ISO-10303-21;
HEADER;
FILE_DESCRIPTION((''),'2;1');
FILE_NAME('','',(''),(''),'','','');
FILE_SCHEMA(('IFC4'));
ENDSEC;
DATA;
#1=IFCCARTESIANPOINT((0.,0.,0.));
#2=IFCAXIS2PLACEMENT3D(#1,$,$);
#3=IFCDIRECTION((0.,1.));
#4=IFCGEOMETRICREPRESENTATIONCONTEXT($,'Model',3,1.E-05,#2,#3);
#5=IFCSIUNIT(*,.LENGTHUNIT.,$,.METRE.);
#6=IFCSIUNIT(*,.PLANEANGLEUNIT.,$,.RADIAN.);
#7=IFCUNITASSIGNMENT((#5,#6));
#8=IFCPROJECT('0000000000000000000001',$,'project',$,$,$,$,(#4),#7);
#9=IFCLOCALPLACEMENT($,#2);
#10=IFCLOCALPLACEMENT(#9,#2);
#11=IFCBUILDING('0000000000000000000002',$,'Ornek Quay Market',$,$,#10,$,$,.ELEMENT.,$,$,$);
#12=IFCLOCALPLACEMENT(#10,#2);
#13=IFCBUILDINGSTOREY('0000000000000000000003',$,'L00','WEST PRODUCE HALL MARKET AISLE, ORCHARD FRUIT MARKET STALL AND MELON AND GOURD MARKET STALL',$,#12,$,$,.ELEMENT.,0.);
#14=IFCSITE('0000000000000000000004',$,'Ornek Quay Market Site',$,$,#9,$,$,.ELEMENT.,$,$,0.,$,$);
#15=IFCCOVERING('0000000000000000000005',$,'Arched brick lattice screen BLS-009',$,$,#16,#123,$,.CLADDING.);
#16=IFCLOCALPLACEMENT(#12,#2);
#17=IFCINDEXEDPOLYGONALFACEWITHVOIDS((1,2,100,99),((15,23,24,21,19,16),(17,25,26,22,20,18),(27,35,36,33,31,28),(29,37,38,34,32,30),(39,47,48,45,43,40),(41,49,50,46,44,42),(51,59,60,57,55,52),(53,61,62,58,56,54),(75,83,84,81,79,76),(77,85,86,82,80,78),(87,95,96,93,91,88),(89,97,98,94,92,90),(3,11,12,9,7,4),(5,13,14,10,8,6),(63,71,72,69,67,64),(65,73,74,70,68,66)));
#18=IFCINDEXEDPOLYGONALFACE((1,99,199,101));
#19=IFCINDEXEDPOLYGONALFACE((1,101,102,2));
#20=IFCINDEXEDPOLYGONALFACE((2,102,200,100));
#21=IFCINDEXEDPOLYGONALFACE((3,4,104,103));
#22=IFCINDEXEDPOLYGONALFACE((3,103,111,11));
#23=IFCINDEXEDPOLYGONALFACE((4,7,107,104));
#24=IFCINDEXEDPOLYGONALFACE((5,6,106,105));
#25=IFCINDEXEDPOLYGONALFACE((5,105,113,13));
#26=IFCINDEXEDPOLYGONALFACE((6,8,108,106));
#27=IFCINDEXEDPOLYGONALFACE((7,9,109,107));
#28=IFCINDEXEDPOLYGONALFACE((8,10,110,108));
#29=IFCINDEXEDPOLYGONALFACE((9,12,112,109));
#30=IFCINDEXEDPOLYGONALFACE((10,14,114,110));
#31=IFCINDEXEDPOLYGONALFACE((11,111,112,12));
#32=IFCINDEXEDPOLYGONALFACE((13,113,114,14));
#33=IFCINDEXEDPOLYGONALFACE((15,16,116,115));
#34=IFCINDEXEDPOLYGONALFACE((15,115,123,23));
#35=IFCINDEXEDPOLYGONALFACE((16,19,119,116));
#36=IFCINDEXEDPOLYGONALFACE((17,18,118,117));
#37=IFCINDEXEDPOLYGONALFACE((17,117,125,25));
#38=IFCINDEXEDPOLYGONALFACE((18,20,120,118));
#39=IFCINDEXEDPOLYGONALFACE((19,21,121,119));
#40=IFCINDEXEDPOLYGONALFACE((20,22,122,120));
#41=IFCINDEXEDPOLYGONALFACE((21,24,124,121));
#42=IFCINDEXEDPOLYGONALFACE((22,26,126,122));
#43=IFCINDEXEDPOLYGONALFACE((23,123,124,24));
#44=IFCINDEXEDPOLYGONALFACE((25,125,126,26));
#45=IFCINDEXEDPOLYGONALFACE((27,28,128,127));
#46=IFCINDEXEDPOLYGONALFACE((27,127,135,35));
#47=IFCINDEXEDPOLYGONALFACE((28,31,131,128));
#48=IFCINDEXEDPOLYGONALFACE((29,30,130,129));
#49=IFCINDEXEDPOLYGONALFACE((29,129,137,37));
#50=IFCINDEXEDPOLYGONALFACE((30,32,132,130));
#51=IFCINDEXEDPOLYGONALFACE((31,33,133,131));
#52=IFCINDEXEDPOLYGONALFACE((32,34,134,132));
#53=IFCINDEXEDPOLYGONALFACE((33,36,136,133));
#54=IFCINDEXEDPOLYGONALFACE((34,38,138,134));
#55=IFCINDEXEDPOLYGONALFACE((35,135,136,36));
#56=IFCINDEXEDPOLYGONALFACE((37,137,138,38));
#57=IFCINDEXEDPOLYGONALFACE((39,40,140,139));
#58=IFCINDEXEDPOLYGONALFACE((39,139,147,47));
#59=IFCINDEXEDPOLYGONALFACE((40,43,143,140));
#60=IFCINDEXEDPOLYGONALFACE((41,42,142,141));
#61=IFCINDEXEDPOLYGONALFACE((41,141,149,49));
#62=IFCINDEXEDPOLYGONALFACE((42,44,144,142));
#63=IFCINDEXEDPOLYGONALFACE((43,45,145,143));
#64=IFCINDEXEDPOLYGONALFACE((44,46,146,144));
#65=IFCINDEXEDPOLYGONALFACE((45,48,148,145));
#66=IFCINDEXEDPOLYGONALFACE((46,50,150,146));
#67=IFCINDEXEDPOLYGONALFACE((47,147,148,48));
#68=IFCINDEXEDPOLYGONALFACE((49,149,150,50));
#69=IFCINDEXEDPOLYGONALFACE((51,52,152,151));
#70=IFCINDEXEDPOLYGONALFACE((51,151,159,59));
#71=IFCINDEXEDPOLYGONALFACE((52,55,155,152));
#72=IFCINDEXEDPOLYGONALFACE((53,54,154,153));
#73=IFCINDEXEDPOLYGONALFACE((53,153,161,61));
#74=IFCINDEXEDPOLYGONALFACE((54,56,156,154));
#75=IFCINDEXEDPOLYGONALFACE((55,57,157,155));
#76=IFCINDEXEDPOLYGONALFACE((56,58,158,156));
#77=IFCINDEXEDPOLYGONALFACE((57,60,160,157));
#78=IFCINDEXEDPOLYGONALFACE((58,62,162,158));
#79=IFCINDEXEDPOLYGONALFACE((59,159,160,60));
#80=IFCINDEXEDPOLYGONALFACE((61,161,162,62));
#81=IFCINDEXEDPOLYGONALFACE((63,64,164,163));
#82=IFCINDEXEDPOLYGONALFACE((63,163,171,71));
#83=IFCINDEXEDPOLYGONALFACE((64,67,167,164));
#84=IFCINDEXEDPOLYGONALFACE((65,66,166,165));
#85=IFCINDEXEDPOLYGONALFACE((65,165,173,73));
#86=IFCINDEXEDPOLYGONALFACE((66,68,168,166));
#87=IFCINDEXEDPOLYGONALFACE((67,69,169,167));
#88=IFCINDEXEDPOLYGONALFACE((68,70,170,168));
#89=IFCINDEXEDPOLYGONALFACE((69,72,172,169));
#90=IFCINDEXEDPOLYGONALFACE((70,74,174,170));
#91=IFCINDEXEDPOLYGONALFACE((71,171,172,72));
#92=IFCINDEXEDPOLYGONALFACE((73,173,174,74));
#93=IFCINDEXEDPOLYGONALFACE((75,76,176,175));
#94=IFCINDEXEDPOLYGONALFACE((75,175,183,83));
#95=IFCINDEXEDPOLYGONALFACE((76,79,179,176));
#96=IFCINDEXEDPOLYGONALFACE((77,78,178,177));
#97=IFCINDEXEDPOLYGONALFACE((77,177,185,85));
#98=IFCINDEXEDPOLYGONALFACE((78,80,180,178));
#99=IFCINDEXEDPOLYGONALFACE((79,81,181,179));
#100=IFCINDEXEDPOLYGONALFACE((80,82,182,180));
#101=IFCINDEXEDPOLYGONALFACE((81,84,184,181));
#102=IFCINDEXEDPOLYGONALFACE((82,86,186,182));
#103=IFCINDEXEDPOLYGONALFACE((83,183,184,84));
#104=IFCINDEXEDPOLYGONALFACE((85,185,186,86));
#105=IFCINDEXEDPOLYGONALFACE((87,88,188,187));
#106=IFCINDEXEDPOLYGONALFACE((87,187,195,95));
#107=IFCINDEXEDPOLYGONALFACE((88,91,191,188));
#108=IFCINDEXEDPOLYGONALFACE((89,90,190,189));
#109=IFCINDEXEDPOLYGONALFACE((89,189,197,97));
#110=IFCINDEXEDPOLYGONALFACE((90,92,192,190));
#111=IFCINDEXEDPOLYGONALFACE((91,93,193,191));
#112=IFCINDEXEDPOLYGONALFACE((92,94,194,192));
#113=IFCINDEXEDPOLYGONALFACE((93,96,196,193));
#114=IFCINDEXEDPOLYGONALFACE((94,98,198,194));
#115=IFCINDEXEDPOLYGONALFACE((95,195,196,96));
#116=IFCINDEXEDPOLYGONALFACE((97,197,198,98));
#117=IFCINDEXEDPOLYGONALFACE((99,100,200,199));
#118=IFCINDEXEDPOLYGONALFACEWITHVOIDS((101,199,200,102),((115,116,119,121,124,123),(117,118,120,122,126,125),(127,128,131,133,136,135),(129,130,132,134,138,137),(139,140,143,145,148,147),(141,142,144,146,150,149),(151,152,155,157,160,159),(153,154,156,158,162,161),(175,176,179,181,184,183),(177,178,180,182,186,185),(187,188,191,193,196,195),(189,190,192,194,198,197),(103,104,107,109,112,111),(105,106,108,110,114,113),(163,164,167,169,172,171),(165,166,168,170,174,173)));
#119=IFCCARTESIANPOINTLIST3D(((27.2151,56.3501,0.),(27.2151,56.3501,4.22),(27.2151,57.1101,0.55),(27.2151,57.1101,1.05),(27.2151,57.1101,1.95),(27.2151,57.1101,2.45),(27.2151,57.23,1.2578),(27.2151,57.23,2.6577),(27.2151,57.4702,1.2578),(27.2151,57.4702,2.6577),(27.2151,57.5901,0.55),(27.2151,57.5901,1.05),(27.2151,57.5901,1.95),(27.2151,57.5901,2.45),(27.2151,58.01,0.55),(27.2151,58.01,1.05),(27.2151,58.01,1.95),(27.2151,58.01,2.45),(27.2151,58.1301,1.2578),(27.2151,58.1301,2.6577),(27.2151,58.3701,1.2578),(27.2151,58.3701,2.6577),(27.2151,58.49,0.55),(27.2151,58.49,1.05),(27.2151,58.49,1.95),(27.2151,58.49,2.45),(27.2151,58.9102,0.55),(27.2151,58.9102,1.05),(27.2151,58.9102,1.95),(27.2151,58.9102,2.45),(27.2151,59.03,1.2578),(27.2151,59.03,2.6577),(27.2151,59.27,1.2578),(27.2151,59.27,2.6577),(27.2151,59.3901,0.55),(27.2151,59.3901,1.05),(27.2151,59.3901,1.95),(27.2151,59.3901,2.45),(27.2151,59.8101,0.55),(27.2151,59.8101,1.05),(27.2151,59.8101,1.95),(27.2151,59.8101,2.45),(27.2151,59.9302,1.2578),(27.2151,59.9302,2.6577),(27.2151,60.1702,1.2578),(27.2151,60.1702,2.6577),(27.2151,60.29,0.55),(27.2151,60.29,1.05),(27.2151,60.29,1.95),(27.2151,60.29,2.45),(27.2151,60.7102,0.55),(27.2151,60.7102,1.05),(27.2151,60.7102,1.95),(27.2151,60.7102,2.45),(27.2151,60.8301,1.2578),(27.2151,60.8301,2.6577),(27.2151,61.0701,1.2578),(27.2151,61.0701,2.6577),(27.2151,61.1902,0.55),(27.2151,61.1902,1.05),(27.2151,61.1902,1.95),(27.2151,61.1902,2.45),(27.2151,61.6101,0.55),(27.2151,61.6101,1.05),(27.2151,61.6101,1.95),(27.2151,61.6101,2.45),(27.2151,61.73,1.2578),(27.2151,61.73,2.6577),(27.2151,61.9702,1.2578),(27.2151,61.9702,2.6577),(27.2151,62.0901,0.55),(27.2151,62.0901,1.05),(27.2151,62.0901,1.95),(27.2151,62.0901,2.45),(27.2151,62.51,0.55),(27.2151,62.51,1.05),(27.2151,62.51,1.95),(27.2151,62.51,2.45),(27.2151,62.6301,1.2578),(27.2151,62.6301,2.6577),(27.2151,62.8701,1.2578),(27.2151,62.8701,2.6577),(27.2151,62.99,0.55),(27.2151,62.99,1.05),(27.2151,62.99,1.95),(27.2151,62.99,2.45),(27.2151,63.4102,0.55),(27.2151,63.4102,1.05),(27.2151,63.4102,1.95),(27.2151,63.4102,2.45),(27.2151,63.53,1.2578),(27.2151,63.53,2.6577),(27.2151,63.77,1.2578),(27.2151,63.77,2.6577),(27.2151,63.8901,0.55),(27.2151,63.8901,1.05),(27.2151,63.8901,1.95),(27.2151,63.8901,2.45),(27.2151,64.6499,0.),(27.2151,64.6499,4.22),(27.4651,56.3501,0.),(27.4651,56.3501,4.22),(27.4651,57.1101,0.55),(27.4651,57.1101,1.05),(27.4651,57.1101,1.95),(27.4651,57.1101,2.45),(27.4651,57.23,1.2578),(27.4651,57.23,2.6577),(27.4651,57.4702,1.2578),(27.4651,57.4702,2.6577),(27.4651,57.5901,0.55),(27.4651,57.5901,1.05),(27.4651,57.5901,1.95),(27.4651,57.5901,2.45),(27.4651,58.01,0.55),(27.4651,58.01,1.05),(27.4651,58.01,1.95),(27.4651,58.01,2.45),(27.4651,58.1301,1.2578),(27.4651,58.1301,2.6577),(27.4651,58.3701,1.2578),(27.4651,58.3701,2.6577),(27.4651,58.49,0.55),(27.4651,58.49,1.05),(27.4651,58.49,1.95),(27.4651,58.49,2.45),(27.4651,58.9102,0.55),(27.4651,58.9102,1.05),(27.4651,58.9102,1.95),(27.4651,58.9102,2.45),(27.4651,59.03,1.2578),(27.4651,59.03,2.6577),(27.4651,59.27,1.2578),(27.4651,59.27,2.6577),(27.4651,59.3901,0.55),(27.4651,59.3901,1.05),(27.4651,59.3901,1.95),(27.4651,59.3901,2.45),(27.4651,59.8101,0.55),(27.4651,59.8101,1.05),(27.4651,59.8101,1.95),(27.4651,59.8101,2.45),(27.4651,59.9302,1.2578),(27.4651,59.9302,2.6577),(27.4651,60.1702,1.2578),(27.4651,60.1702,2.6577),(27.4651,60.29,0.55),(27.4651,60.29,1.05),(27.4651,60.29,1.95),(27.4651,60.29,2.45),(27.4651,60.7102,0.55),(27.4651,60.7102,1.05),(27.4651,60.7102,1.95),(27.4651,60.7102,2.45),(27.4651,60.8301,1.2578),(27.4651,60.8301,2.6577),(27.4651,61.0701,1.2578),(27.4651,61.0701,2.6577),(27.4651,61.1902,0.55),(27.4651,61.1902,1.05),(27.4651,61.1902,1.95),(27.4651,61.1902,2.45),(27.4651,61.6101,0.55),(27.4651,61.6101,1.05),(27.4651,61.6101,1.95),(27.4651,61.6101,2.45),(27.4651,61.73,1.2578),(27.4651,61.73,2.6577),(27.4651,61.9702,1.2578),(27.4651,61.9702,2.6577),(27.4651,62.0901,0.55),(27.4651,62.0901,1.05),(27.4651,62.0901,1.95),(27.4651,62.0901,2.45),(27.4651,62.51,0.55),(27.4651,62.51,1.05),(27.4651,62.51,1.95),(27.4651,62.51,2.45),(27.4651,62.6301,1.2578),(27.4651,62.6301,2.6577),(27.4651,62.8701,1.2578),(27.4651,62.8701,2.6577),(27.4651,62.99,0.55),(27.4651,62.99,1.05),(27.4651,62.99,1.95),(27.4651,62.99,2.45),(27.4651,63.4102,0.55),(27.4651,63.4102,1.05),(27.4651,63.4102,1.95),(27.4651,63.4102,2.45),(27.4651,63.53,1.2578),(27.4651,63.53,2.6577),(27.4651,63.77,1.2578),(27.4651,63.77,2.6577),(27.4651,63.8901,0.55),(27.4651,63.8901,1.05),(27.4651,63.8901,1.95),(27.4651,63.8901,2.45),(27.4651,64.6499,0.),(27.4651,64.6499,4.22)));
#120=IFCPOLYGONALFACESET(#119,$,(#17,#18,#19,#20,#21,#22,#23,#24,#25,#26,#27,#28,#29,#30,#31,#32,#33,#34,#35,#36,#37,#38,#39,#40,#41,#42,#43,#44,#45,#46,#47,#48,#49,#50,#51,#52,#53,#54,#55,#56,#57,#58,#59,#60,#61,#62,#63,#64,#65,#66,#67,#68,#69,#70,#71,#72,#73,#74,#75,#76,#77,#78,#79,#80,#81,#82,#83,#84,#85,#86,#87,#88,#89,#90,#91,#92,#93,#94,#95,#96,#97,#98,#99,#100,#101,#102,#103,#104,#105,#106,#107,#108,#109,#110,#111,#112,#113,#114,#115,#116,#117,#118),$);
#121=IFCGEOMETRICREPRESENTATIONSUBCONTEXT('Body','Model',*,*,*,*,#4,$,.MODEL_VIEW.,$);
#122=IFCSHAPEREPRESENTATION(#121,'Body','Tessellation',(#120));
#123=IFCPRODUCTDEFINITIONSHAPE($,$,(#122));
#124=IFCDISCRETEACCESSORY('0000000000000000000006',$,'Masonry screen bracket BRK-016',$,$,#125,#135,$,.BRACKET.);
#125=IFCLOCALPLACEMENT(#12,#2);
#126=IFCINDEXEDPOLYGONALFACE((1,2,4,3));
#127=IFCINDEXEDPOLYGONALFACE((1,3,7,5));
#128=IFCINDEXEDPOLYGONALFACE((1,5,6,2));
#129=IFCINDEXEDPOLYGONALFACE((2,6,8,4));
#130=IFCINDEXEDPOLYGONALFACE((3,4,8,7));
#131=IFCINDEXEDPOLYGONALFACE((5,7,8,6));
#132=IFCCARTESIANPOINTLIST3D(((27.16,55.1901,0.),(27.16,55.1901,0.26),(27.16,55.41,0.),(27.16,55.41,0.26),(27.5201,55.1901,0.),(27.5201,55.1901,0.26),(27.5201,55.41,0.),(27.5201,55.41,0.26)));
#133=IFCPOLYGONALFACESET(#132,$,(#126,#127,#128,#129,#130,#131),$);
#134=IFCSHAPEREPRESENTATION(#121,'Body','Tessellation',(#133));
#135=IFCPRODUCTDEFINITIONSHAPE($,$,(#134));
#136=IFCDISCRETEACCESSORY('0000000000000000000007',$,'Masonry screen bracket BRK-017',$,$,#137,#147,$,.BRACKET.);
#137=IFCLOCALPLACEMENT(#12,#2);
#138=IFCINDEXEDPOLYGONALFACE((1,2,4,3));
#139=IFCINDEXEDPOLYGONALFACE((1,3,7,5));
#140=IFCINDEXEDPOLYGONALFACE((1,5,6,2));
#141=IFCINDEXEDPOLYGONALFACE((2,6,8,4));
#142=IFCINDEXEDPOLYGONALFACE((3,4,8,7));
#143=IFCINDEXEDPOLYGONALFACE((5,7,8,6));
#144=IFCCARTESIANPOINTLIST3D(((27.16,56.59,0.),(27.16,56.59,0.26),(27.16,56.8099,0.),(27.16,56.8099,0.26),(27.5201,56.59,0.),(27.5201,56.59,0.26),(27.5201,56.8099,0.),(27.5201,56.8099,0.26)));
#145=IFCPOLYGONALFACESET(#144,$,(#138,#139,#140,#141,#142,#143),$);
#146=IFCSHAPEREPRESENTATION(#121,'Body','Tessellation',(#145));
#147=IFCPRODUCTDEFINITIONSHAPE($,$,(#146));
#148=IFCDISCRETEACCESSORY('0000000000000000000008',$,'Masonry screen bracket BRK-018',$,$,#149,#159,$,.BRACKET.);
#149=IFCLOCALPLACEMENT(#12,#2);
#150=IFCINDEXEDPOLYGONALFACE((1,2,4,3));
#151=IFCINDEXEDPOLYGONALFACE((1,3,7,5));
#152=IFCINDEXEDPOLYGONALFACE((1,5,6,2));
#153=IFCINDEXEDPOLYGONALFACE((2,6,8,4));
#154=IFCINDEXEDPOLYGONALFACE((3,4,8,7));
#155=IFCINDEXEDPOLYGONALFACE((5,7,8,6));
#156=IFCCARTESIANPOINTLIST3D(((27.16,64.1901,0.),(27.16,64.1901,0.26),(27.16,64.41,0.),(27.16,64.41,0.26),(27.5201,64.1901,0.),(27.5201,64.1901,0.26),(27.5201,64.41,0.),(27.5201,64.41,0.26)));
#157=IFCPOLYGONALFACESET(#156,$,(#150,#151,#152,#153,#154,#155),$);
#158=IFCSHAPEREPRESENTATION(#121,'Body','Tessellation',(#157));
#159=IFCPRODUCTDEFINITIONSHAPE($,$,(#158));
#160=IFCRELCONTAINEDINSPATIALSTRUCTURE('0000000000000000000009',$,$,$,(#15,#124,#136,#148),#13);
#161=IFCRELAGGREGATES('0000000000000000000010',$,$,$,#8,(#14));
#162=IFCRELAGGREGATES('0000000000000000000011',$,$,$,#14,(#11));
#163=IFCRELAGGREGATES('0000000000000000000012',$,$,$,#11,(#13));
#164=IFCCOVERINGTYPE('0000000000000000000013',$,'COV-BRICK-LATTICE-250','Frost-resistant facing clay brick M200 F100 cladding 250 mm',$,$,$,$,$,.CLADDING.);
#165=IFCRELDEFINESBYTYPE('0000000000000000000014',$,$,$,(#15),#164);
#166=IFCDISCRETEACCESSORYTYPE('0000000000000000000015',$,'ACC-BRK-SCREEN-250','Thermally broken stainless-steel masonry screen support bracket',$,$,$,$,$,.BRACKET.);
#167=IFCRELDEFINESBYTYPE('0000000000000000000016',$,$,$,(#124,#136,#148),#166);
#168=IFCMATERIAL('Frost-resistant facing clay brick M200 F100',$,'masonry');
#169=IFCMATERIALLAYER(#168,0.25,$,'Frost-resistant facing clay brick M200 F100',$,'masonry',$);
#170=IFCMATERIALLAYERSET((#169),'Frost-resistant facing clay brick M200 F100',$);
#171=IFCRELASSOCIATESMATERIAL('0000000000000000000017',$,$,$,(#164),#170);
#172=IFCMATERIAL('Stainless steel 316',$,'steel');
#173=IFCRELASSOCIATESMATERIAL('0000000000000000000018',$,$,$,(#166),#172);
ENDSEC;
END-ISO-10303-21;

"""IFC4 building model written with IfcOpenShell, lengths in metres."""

from ifc_helpers import new_model, si_unit, direction, frame, origin, origin_2d, place, context, subcontext, project, spatial, polyline, rectangle, outline, extrude, material, layer, layer_set, type_object, element, save


model = new_model("IFC4")

# Units and contexts
model_context = context("Model", 3, precision=1e-05, world=origin(), true_north=direction((0.0, 1.0)))
body_context = subcontext(model_context, "Body", "Model", "MODEL_VIEW")
ifc_project = project(units=[si_unit("LENGTHUNIT", "METRE"), si_unit("PLANEANGLEUNIT", "RADIAN")], contexts=[model_context])

# Site, building, storey
site_placement = place(None, origin())
site = spatial("IfcSite", under=ifc_project, at=site_placement, Name="Ornek Quay Market Site", CompositionType="ELEMENT", RefElevation=0.0)
building_placement = place(site_placement, origin())
building = spatial("IfcBuilding", under=site, at=building_placement, Name="Ornek Quay Market", CompositionType="ELEMENT")
storey_placement = place(building_placement, origin())
storey = spatial("IfcBuildingStorey", under=building, at=storey_placement, Name="L00", Description="WEST PRODUCE HALL MARKET AISLE, ORCHARD FRUIT MARKET STALL AND MELON AND GOURD MARKET STALL", CompositionType="ELEMENT", Elevation=0.0)

# Shared definitions
ifc_material_1 = material(Name="Frost-resistant facing clay brick M200 F100", Category="masonry")

# Covering
ifc_layer_1 = layer(ifc_material_1, 0.25, Name="Frost-resistant facing clay brick M200 F100", Category="masonry")
ifc_layer_set_1 = layer_set([ifc_layer_1], Name="Frost-resistant facing clay brick M200 F100")
covering_type = type_object("IfcCoveringType", Name="COV-BRICK-LATTICE-250", Description="Frost-resistant facing clay brick M200 F100 cladding 250 mm", PredefinedType="CLADDING", material=ifc_layer_set_1)
covering_placement = place(storey_placement, frame((27.3401, 56.3501, 0.0), z_axis=(0.0, 0.0, 1.0), x_axis=(0.0, 1.0, 0.0)))
element("IfcCovering", 1, at=covering_placement, inside=storey, type_object=covering_type, Name="Arched brick lattice screen BLS-009", PredefinedType="CLADDING", context=body_context, shape_type="SweptSolid", body=[
    extrude(outline(polyline([(0.0, 0.0), (8.2998, 0.0), (8.2998, 4.22), (0.0, 4.22), (0.0, 0.0)]), holes=[polyline([(0.76, 0.55), (1.24, 0.55), (1.24, 1.05), (1.1201, 1.2578), (0.8799, 1.2578), (0.76, 1.05), (0.76, 0.55)]), polyline([(0.76, 1.95), (1.24, 1.95), (1.24, 2.45), (1.1201, 2.6577), (0.8799, 2.6577), (0.76, 2.45), (0.76, 1.95)]), polyline([(1.6599, 0.55), (2.1399, 0.55), (2.1399, 1.05), (2.02, 1.2578), (1.78, 1.2578), (1.6599, 1.05), (1.6599, 0.55)]), polyline([(1.6599, 1.95), (2.1399, 1.95), (2.1399, 2.45), (2.02, 2.6577), (1.78, 2.6577), (1.6599, 2.45), (1.6599, 1.95)]), polyline([(2.5601, 0.55), (3.04, 0.55), (3.04, 1.05), (2.9199, 1.2578), (2.6799, 1.2578), (2.5601, 1.05), (2.5601, 0.55)]), polyline([(2.5601, 1.95), (3.04, 1.95), (3.04, 2.45), (2.9199, 2.6577), (2.6799, 2.6577), (2.5601, 2.45), (2.5601, 1.95)]), polyline([(3.46, 0.55), (3.9399, 0.55), (3.9399, 1.05), (3.8201, 1.2578), (3.5801, 1.2578), (3.46, 1.05), (3.46, 0.55)]), polyline([(3.46, 1.95), (3.9399, 1.95), (3.9399, 2.45), (3.8201, 2.6577), (3.5801, 2.6577), (3.46, 2.45), (3.46, 1.95)]), polyline([(4.3601, 0.55), (4.8401, 0.55), (4.8401, 1.05), (4.72, 1.2578), (4.48, 1.2578), (4.3601, 1.05), (4.3601, 0.55)]), polyline([(4.3601, 1.95), (4.8401, 1.95), (4.8401, 2.45), (4.72, 2.6577), (4.48, 2.6577), (4.3601, 2.45), (4.3601, 1.95)]), polyline([(5.26, 0.55), (5.74, 0.55), (5.74, 1.05), (5.6201, 1.2578), (5.3799, 1.2578), (5.26, 1.05), (5.26, 0.55)]), polyline([(5.26, 1.95), (5.74, 1.95), (5.74, 2.45), (5.6201, 2.6577), (5.3799, 2.6577), (5.26, 2.45), (5.26, 1.95)]), polyline([(6.1599, 0.55), (6.6399, 0.55), (6.6399, 1.05), (6.52, 1.2578), (6.28, 1.2578), (6.1599, 1.05), (6.1599, 0.55)]), polyline([(6.1599, 1.95), (6.6399, 1.95), (6.6399, 2.45), (6.52, 2.6577), (6.28, 2.6577), (6.1599, 2.45), (6.1599, 1.95)]), polyline([(7.0601, 0.55), (7.54, 0.55), (7.54, 1.05), (7.4199, 1.2578), (7.1799, 1.2578), (7.0601, 1.05), (7.0601, 0.55)]), polyline([(7.0601, 1.95), (7.54, 1.95), (7.54, 2.45), (7.4199, 2.6577), (7.1799, 2.6577), (7.0601, 2.45), (7.0601, 1.95)])]), frame((0.0, 0.125, 0.0), z_axis=(0.0, -1.0, 0.0), x_axis=(1.0, 0.0, 0.0)), (0.0, 0.0, 1.0), 0.25),
])

# Discrete accessories
ifc_material_2 = material(Name="Stainless steel 316", Category="steel")
discrete_accessory_type = type_object("IfcDiscreteAccessoryType", Name="ACC-BRK-SCREEN-250", Description="Thermally broken stainless-steel masonry screen support bracket", PredefinedType="BRACKET", material=ifc_material_2)
for number, where, z_axis, x_axis, name in (
    (2, (27.3401, 55.3, 0.0), (0.0, 0.0, 1.0), (0.0, 1.0, 0.0), "Masonry screen bracket BRK-016"),
    (3, (27.3401, 56.7, 0.0), (0.0, 0.0, 1.0), (0.0, 1.0, 0.0), "Masonry screen bracket BRK-017"),
    (4, (27.3401, 64.3, 0.0), (0.0, 0.0, 1.0), (0.0, 1.0, 0.0), "Masonry screen bracket BRK-018"),
):
    element("IfcDiscreteAccessory", number, at=place(storey_placement, frame(where, z_axis=z_axis, x_axis=x_axis)), inside=storey, type_object=discrete_accessory_type, Name=name, PredefinedType="BRACKET", context=body_context, shape_type="SweptSolid", body=[
        extrude(rectangle(XDim=0.22, YDim=0.3601, at=origin_2d()), origin(), (0.0, 0.0, 1.0), 0.26),
    ])

save(model, "model.ifc")
